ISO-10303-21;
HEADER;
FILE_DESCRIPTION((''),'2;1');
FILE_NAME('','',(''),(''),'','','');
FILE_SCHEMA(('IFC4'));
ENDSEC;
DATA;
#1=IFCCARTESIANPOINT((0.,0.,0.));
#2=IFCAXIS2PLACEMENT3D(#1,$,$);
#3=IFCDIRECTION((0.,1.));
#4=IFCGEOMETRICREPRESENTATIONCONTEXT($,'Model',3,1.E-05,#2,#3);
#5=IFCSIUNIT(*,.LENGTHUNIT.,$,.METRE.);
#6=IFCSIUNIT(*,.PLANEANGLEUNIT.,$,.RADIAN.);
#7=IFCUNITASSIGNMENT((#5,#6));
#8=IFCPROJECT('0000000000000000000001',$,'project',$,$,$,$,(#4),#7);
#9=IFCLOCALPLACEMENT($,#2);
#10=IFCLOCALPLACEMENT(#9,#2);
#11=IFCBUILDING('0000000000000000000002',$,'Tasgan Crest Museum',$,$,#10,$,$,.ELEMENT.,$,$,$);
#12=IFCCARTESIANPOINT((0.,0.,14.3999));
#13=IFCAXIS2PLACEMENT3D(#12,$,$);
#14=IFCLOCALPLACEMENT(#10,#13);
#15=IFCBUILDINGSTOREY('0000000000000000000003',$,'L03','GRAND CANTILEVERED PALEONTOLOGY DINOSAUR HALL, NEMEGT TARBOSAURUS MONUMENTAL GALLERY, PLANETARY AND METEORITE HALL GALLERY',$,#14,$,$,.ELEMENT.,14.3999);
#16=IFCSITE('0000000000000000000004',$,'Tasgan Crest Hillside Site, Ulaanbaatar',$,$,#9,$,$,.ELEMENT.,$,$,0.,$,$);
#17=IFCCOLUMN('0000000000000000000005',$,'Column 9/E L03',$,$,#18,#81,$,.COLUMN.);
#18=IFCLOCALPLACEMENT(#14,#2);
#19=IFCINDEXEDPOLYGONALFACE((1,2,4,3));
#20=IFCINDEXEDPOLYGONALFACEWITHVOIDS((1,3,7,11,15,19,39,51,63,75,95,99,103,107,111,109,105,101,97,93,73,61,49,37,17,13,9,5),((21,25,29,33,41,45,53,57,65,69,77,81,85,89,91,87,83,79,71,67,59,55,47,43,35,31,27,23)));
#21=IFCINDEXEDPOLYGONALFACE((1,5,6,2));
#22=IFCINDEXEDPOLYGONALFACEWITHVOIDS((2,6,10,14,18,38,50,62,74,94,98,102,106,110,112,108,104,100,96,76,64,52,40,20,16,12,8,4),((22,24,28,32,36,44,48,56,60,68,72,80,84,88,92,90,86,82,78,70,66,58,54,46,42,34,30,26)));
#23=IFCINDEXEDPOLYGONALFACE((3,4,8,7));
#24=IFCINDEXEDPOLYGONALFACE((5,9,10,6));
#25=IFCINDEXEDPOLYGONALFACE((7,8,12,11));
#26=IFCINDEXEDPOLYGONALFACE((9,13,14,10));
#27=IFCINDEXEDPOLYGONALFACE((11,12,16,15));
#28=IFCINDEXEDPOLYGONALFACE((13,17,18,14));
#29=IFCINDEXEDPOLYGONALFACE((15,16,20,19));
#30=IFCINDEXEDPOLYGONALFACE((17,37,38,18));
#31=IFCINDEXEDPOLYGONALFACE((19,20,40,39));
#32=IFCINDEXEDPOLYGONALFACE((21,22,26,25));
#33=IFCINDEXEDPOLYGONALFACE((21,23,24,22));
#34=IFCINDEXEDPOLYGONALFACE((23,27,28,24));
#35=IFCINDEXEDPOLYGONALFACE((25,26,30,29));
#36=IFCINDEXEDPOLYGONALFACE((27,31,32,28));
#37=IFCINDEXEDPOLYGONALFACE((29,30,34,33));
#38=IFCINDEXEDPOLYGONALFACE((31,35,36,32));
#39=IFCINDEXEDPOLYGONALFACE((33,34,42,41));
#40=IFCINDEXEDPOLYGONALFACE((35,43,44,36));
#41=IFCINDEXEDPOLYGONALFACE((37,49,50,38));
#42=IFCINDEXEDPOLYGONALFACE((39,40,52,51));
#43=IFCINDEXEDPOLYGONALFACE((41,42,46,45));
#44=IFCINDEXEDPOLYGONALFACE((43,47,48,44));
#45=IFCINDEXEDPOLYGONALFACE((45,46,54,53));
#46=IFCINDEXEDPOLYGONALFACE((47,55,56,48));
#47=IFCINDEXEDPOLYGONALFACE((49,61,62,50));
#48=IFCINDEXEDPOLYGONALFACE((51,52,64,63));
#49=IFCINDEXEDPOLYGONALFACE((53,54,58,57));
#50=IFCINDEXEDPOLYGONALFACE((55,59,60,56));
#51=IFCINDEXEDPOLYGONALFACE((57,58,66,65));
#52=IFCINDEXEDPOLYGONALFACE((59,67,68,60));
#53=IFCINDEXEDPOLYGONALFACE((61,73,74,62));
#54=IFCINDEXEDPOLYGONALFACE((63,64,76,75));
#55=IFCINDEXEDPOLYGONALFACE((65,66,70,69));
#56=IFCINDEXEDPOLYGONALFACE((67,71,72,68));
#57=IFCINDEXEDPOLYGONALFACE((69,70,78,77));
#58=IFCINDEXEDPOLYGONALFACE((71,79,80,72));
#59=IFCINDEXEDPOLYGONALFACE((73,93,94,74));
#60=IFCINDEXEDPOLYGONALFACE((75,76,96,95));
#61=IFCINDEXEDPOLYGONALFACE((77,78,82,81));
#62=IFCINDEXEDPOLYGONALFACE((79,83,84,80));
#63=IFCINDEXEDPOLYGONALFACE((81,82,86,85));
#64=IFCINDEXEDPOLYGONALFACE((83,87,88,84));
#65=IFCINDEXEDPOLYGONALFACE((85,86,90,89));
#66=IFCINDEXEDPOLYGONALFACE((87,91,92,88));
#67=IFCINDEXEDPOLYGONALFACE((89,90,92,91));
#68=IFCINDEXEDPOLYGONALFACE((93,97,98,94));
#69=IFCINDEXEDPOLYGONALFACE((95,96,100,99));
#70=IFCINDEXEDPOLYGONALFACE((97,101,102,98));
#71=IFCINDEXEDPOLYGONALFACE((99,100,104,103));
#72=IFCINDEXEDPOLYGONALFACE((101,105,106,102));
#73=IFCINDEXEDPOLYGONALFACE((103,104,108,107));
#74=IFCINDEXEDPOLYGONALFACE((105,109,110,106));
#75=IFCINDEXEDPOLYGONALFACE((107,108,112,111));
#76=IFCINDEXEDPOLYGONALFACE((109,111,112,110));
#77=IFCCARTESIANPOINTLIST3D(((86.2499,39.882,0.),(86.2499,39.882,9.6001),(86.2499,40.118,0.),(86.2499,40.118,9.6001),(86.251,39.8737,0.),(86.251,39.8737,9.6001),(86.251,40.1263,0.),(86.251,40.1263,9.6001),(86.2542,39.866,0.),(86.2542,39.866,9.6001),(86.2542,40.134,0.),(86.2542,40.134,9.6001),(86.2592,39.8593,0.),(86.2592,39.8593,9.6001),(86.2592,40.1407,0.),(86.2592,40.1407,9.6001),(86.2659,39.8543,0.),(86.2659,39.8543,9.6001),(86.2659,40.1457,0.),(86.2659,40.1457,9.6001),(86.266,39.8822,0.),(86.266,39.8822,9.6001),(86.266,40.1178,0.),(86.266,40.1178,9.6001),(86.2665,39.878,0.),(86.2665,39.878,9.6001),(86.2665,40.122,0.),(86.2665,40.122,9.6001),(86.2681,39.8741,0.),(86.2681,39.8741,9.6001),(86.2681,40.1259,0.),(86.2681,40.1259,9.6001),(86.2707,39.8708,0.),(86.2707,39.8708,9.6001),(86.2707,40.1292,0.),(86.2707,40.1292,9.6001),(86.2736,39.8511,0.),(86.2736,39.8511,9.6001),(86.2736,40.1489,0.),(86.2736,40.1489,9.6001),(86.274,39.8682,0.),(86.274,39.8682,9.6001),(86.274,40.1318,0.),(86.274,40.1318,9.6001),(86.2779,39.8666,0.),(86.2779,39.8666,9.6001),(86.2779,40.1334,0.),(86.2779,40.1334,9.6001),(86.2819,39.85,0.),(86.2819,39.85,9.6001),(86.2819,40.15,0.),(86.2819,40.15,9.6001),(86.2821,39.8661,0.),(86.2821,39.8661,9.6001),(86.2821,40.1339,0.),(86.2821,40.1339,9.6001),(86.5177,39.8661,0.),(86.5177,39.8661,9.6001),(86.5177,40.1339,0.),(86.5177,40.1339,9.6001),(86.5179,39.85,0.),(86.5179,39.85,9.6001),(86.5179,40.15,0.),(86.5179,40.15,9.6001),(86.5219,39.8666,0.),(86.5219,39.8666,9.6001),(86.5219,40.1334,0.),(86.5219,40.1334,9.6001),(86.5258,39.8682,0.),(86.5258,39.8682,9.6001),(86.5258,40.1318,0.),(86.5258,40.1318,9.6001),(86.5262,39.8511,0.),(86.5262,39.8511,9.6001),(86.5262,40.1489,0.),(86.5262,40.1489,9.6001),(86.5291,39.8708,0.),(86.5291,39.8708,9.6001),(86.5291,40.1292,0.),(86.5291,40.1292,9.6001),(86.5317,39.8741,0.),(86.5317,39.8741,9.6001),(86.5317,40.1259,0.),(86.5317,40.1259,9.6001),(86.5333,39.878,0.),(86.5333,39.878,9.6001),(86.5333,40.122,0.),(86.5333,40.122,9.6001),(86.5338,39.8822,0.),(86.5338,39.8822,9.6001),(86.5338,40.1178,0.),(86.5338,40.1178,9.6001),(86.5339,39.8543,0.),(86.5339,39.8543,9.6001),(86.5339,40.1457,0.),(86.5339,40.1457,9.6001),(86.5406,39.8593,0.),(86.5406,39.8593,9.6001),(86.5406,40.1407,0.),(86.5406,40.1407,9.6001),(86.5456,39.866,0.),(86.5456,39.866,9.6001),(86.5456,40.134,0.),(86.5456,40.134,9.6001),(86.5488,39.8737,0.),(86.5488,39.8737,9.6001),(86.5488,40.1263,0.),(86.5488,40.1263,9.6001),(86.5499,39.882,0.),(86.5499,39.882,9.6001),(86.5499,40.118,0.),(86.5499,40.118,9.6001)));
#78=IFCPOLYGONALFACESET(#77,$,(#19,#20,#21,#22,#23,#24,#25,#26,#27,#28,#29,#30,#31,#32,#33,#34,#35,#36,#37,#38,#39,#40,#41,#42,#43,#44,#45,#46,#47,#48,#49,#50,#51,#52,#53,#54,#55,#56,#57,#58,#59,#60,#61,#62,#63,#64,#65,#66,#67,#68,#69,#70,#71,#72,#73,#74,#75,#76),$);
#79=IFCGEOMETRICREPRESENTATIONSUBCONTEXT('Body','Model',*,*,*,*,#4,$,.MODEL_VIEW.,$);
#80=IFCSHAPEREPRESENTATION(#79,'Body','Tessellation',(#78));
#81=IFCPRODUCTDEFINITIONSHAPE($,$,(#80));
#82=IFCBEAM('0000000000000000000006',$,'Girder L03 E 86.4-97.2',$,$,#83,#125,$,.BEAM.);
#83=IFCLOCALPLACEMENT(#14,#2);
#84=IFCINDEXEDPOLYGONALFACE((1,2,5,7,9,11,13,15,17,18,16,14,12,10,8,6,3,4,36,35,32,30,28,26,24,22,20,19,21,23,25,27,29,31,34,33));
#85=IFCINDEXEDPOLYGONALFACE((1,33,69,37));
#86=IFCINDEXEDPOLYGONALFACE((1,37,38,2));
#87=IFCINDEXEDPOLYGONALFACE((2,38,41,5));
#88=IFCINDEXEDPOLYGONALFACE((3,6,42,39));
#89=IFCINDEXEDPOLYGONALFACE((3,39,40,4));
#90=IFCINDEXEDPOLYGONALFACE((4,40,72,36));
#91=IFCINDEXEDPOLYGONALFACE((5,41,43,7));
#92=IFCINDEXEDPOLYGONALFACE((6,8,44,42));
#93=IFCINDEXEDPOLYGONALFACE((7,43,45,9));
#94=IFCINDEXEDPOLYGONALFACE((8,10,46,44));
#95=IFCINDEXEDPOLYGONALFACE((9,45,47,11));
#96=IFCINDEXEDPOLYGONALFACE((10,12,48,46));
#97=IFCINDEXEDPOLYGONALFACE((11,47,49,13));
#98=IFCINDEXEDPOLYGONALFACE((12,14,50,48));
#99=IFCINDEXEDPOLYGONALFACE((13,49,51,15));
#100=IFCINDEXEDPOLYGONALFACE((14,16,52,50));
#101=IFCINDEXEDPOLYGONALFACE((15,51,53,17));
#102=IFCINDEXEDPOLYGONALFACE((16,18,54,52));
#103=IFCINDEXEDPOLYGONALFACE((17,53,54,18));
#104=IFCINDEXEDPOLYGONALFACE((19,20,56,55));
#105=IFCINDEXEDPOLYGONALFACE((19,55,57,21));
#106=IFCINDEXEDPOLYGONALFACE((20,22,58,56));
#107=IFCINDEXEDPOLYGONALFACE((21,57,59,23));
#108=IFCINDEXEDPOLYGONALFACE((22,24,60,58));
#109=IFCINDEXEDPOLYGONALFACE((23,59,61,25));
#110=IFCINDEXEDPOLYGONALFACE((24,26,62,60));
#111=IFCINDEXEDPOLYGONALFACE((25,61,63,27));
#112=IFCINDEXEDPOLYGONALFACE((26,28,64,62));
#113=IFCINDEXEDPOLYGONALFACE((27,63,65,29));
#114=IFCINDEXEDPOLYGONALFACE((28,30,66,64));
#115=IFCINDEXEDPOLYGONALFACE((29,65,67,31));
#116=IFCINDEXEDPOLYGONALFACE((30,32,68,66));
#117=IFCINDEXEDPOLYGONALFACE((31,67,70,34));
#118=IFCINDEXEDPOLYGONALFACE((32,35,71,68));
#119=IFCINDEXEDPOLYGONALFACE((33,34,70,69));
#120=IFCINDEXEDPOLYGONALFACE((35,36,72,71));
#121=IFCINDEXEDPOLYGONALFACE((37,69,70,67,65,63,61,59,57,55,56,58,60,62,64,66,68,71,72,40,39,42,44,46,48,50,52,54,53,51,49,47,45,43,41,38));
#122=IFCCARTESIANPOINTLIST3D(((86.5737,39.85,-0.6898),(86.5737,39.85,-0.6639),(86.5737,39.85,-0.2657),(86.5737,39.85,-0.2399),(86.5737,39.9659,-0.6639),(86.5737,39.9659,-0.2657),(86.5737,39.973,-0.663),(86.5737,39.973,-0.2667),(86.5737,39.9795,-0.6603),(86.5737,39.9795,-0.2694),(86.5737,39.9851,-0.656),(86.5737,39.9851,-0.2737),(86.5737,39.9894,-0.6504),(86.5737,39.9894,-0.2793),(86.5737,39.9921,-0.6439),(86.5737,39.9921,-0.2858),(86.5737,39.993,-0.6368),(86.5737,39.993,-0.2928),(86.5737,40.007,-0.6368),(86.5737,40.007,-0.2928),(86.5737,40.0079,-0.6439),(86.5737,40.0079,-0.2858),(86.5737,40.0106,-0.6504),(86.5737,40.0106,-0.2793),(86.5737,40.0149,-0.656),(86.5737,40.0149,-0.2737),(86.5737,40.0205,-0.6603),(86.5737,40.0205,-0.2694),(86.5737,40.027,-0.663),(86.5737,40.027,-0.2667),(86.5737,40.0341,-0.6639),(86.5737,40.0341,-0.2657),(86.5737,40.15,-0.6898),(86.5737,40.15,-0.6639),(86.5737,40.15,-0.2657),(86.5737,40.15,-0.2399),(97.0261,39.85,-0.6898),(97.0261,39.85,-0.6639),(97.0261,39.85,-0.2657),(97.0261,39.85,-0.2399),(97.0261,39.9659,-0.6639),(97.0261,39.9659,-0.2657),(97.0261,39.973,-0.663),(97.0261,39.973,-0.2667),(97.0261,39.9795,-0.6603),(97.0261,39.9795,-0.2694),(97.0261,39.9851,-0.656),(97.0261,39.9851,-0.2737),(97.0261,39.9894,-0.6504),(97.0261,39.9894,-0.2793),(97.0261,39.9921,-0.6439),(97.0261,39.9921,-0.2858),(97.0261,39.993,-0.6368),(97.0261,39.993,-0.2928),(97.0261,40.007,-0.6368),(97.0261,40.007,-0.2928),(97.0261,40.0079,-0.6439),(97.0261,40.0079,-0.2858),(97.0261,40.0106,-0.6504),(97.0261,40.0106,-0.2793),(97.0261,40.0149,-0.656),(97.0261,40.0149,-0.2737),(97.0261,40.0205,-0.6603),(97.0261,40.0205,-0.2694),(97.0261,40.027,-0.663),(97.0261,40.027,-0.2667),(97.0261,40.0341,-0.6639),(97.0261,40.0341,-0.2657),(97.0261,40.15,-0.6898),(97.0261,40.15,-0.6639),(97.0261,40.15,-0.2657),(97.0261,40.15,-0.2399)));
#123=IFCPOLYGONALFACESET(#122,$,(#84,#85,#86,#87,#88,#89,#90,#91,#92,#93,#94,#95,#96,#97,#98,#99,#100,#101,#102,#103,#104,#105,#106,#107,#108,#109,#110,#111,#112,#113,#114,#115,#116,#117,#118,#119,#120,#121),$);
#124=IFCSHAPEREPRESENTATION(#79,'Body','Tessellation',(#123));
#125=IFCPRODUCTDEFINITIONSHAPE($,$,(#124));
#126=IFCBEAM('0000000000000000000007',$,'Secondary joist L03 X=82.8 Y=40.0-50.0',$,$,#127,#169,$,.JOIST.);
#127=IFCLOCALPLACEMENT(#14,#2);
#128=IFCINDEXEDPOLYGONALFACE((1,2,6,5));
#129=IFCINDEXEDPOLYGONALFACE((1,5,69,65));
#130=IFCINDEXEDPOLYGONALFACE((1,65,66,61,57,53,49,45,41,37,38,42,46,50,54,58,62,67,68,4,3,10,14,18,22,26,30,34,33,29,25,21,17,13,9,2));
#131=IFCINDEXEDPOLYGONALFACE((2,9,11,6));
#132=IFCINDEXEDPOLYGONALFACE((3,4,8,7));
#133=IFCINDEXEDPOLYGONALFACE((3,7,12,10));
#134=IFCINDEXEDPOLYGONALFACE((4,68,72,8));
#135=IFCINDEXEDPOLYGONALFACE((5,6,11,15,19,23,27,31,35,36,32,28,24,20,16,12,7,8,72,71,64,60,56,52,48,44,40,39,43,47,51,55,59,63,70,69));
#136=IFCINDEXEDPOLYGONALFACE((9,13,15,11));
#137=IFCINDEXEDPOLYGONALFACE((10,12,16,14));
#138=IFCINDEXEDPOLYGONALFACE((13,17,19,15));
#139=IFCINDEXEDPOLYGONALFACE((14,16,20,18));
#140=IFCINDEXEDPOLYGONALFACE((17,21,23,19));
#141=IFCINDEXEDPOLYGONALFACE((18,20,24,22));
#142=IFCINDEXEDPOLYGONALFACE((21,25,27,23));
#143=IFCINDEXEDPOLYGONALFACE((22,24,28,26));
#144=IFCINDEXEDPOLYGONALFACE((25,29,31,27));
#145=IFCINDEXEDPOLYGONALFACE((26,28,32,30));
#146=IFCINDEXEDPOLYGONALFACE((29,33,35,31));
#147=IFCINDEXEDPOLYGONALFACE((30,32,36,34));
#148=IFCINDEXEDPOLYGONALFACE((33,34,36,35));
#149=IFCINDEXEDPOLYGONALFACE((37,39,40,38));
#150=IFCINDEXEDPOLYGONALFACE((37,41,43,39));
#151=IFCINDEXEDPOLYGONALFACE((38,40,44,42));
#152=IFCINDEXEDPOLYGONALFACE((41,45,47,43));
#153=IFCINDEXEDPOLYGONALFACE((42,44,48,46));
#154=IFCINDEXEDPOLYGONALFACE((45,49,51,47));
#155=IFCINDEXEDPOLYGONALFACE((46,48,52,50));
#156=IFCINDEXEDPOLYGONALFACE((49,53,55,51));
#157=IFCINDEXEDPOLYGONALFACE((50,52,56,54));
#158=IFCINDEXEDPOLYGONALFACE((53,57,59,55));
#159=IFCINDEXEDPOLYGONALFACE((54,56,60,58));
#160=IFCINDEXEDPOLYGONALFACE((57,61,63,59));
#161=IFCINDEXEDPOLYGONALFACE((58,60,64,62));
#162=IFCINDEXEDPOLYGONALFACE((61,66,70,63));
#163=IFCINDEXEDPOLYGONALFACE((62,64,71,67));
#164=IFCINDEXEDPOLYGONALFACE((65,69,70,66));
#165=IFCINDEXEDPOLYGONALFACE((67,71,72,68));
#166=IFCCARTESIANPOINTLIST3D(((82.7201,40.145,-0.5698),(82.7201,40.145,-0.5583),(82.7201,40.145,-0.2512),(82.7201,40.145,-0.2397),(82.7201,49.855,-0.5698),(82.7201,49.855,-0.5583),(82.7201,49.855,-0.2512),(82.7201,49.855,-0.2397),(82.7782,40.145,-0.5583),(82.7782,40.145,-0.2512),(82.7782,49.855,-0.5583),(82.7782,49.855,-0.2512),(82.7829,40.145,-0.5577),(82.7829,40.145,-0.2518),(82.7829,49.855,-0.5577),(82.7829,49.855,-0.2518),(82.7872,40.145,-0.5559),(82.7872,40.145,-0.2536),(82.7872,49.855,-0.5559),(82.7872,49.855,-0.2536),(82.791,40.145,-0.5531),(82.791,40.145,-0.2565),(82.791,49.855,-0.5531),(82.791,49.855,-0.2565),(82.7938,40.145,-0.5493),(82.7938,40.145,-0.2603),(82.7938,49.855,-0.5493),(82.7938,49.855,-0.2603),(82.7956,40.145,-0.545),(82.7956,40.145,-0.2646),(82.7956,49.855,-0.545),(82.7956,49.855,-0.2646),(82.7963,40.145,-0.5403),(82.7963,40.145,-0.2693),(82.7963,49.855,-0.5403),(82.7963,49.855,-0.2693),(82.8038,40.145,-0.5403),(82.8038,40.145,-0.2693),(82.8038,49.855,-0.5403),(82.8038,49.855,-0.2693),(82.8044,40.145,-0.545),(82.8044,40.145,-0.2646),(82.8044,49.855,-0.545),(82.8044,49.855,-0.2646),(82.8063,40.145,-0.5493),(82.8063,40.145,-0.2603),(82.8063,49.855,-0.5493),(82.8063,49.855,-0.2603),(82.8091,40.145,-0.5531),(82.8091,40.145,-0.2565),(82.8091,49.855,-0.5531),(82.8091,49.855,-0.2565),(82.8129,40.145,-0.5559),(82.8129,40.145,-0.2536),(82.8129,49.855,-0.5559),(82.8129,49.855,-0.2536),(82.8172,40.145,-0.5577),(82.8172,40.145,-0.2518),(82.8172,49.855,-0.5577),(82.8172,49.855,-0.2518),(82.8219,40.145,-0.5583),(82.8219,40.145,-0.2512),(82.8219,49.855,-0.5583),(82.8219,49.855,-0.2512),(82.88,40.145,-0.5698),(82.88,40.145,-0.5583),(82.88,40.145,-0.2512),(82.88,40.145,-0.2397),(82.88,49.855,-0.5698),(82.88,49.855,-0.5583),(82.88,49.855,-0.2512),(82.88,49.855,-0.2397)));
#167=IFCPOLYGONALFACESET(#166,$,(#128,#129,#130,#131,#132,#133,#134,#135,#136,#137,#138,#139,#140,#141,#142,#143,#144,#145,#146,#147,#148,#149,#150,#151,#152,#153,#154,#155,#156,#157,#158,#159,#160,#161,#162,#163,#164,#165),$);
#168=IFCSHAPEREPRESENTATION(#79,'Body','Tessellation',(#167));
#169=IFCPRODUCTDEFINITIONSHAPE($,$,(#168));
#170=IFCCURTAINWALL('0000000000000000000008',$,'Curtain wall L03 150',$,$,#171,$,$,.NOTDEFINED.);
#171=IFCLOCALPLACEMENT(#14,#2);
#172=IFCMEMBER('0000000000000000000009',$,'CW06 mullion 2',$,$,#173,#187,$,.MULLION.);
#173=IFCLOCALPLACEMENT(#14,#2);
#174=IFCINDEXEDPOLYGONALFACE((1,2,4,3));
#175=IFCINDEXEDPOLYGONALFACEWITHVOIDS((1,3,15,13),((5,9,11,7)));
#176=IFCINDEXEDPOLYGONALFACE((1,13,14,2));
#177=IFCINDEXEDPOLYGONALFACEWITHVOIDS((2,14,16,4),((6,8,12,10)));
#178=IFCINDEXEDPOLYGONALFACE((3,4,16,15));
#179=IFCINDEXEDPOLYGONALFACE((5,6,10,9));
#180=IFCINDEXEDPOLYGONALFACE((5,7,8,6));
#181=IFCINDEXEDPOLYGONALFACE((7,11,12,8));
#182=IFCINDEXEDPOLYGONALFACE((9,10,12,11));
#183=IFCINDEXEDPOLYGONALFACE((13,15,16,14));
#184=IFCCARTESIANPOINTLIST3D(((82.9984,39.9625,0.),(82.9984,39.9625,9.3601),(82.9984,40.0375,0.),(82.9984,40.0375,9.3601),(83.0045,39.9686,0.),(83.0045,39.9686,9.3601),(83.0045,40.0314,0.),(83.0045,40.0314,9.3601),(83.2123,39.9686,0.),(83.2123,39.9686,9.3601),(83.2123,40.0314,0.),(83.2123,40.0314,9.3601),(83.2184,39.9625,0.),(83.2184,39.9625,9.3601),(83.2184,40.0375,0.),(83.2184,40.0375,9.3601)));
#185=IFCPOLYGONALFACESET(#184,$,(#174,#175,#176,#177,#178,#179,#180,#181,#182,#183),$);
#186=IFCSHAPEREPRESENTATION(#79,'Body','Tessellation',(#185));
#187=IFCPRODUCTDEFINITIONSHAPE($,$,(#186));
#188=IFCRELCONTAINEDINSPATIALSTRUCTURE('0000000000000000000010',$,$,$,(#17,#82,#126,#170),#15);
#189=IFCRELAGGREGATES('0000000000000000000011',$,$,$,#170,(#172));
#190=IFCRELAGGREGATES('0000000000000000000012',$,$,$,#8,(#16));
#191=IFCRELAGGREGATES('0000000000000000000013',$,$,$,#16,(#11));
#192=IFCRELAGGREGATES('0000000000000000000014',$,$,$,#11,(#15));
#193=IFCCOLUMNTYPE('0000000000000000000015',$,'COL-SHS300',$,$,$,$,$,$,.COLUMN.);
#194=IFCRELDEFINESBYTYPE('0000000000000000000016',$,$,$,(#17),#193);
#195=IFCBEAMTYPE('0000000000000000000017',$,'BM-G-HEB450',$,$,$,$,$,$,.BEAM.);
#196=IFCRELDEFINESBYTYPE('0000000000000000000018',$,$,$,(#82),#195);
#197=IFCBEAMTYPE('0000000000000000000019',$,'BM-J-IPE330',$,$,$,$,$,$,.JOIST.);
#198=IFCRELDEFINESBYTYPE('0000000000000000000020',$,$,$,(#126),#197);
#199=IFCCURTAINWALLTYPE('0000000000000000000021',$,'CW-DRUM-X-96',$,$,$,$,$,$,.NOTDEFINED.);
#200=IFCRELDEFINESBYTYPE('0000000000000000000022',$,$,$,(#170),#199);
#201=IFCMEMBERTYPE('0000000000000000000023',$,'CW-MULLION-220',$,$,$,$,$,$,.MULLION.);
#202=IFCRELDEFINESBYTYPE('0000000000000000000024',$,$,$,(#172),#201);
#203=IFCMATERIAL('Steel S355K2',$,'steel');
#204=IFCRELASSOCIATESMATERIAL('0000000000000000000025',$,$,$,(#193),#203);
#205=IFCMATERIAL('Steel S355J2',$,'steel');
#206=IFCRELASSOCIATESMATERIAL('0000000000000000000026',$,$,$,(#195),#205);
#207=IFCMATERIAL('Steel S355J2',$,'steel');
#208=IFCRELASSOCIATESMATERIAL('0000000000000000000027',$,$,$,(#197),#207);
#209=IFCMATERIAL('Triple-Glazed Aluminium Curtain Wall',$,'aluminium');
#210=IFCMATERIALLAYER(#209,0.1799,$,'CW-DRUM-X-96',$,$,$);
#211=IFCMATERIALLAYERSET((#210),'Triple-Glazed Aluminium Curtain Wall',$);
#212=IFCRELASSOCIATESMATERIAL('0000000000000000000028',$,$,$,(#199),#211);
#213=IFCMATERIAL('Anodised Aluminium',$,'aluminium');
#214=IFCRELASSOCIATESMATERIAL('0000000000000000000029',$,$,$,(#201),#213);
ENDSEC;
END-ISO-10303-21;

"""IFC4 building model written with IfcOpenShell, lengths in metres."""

from ifc_helpers import new_model, si_unit, direction, frame, origin, origin_2d, place, context, subcontext, project, spatial, hollow_rectangle, i_section, extrude, material, layer, layer_set, material_profile, profile_set, type_object, element, aggregate, save


model = new_model("IFC4")

# Units and contexts
model_context = context("Model", 3, precision=1e-05, world=origin(), true_north=direction((0.0, 1.0)))
body_context = subcontext(model_context, "Body", "Model", "MODEL_VIEW")
ifc_project = project(units=[si_unit("LENGTHUNIT", "METRE"), si_unit("PLANEANGLEUNIT", "RADIAN")], contexts=[model_context])

# Site, building, storey
site_placement = place(None, origin())
site = spatial("IfcSite", under=ifc_project, at=site_placement, Name="Tasgan Crest Hillside Site, Ulaanbaatar", CompositionType="ELEMENT", RefElevation=0.0)
building_placement = place(site_placement, origin())
building = spatial("IfcBuilding", under=site, at=building_placement, Name="Tasgan Crest Museum", CompositionType="ELEMENT")
storey_placement = place(building_placement, frame((0.0, 0.0, 14.3999)))
storey = spatial("IfcBuildingStorey", under=building, at=storey_placement, Name="L03", Description="GRAND CANTILEVERED PALEONTOLOGY DINOSAUR HALL, NEMEGT TARBOSAURUS MONUMENTAL GALLERY, PLANETARY AND METEORITE HALL GALLERY", CompositionType="ELEMENT", Elevation=14.3999)

# Column
ifc_material_1 = material(Name="Steel S355K2", Category="steel")
ifc_material_profile_1 = material_profile(ifc_material_1, hollow_rectangle(XDim=0.3, YDim=0.3, WallThickness=0.0161, InnerFilletRadius=0.0161, OuterFilletRadius=0.032, at=origin_2d()), Name="SHS 300x300x16")
ifc_profile_set_1 = profile_set([ifc_material_profile_1], Name="Steel S355K2")
column_type = type_object("IfcColumnType", Name="COL-SHS300", PredefinedType="COLUMN", material=ifc_profile_set_1)
column_placement = place(storey_placement, frame((86.3999, 40.0, 0.0), z_axis=(0.0, 0.0, 1.0), x_axis=(1.0, 0.0, 0.0)))
element("IfcColumn", 1, at=column_placement, inside=storey, type_object=column_type, Name="Column 9/E L03", PredefinedType="COLUMN", context=body_context, shape_type="SweptSolid", body=[
    extrude(hollow_rectangle(XDim=0.3, YDim=0.3, WallThickness=0.0161, InnerFilletRadius=0.0161, OuterFilletRadius=0.032, at=origin_2d()), origin(), (0.0, 0.0, 1.0), 9.6001),
])

# Beams
ifc_material_2 = material(Name="Steel S355J2", Category="steel")
ifc_material_profile_2 = material_profile(ifc_material_2, i_section(OverallWidth=0.3, OverallDepth=0.45, WebThickness=0.0139, FlangeThickness=0.0259, FilletRadius=0.0271, at=origin_2d()), Name="HEB 450")
ifc_profile_set_2 = profile_set([ifc_material_profile_2], Name="Steel S355J2")
beam_type_1 = type_object("IfcBeamType", Name="BM-G-HEB450", PredefinedType="BEAM", material=ifc_profile_set_2)
beam_1_placement = place(storey_placement, frame((86.5737, 40.0, -0.4648), z_axis=(1.0, 0.0, 0.0), x_axis=(0.0, 1.0, 0.0)))
element("IfcBeam", 2, at=beam_1_placement, inside=storey, type_object=beam_type_1, Name="Girder L03 E 86.4-97.2", PredefinedType="BEAM", context=body_context, shape_type="SweptSolid", body=[
    extrude(i_section(OverallWidth=0.3, OverallDepth=0.45, WebThickness=0.0139, FlangeThickness=0.0259, FilletRadius=0.0271, at=origin_2d()), origin(), (0.0, 0.0, 1.0), 10.4524),
])
ifc_material_3 = material(Name="Steel S355J2", Category="steel")
ifc_material_profile_3 = material_profile(ifc_material_3, i_section(OverallWidth=0.1599, OverallDepth=0.3301, WebThickness=0.0076, FlangeThickness=0.0115, FilletRadius=0.0181, at=origin_2d()), Name="IPE 330")
ifc_profile_set_3 = profile_set([ifc_material_profile_3], Name="Steel S355J2")
beam_type_2 = type_object("IfcBeamType", Name="BM-J-IPE330", PredefinedType="JOIST", material=ifc_profile_set_3)
beam_2_placement = place(storey_placement, frame((82.8, 40.145, -0.4048), z_axis=(0.0, 1.0, 0.0), x_axis=(-1.0, 0.0, 0.0)))
element("IfcBeam", 3, at=beam_2_placement, inside=storey, type_object=beam_type_2, Name="Secondary joist L03 X=82.8 Y=40.0-50.0", PredefinedType="JOIST", context=body_context, shape_type="SweptSolid", body=[
    extrude(i_section(OverallWidth=0.1599, OverallDepth=0.3301, WebThickness=0.0076, FlangeThickness=0.0115, FilletRadius=0.0181, at=origin_2d()), origin(), (0.0, 0.0, 1.0), 9.71),
])

# Curtain wall, member
ifc_material_4 = material(Name="Triple-Glazed Aluminium Curtain Wall", Category="aluminium")
ifc_layer_1 = layer(ifc_material_4, 0.1799, Name="CW-DRUM-X-96")
ifc_layer_set_1 = layer_set([ifc_layer_1], Name="Triple-Glazed Aluminium Curtain Wall")
curtain_wall_type = type_object("IfcCurtainWallType", Name="CW-DRUM-X-96", PredefinedType="NOTDEFINED", material=ifc_layer_set_1)
curtain_wall_1_placement = place(storey_placement, origin())
curtain_wall_1 = element("IfcCurtainWall", 4, at=curtain_wall_1_placement, inside=storey, type_object=curtain_wall_type, Name="Curtain wall L03 150", PredefinedType="NOTDEFINED")
ifc_material_5 = material(Name="Anodised Aluminium", Category="aluminium")
ifc_material_profile_4 = material_profile(ifc_material_5, hollow_rectangle(XDim=0.075, YDim=0.22, WallThickness=0.0061, at=origin_2d()), Name="ALU MULLION 220x75x6")
ifc_profile_set_4 = profile_set([ifc_material_profile_4], Name="Anodised Aluminium")
member_type_1 = type_object("IfcMemberType", Name="CW-MULLION-220", PredefinedType="MULLION", material=ifc_profile_set_4)
member_1_placement = place(storey_placement, frame((83.1084, 40.0, 0.0), z_axis=(0.0, 0.0, 1.0), x_axis=(0.0, 1.0, 0.0)))
member_1 = element("IfcMember", 5, at=member_1_placement, type_object=member_type_1, Name="CW06 mullion 2", PredefinedType="MULLION", context=body_context, shape_type="SweptSolid", body=[
    extrude(hollow_rectangle(XDim=0.075, YDim=0.22, WallThickness=0.0061, at=origin_2d()), origin(), (0.0, 0.0, 1.0), 9.3601),
])

aggregate(curtain_wall_1, [member_1])

save(model, "model.ifc")
